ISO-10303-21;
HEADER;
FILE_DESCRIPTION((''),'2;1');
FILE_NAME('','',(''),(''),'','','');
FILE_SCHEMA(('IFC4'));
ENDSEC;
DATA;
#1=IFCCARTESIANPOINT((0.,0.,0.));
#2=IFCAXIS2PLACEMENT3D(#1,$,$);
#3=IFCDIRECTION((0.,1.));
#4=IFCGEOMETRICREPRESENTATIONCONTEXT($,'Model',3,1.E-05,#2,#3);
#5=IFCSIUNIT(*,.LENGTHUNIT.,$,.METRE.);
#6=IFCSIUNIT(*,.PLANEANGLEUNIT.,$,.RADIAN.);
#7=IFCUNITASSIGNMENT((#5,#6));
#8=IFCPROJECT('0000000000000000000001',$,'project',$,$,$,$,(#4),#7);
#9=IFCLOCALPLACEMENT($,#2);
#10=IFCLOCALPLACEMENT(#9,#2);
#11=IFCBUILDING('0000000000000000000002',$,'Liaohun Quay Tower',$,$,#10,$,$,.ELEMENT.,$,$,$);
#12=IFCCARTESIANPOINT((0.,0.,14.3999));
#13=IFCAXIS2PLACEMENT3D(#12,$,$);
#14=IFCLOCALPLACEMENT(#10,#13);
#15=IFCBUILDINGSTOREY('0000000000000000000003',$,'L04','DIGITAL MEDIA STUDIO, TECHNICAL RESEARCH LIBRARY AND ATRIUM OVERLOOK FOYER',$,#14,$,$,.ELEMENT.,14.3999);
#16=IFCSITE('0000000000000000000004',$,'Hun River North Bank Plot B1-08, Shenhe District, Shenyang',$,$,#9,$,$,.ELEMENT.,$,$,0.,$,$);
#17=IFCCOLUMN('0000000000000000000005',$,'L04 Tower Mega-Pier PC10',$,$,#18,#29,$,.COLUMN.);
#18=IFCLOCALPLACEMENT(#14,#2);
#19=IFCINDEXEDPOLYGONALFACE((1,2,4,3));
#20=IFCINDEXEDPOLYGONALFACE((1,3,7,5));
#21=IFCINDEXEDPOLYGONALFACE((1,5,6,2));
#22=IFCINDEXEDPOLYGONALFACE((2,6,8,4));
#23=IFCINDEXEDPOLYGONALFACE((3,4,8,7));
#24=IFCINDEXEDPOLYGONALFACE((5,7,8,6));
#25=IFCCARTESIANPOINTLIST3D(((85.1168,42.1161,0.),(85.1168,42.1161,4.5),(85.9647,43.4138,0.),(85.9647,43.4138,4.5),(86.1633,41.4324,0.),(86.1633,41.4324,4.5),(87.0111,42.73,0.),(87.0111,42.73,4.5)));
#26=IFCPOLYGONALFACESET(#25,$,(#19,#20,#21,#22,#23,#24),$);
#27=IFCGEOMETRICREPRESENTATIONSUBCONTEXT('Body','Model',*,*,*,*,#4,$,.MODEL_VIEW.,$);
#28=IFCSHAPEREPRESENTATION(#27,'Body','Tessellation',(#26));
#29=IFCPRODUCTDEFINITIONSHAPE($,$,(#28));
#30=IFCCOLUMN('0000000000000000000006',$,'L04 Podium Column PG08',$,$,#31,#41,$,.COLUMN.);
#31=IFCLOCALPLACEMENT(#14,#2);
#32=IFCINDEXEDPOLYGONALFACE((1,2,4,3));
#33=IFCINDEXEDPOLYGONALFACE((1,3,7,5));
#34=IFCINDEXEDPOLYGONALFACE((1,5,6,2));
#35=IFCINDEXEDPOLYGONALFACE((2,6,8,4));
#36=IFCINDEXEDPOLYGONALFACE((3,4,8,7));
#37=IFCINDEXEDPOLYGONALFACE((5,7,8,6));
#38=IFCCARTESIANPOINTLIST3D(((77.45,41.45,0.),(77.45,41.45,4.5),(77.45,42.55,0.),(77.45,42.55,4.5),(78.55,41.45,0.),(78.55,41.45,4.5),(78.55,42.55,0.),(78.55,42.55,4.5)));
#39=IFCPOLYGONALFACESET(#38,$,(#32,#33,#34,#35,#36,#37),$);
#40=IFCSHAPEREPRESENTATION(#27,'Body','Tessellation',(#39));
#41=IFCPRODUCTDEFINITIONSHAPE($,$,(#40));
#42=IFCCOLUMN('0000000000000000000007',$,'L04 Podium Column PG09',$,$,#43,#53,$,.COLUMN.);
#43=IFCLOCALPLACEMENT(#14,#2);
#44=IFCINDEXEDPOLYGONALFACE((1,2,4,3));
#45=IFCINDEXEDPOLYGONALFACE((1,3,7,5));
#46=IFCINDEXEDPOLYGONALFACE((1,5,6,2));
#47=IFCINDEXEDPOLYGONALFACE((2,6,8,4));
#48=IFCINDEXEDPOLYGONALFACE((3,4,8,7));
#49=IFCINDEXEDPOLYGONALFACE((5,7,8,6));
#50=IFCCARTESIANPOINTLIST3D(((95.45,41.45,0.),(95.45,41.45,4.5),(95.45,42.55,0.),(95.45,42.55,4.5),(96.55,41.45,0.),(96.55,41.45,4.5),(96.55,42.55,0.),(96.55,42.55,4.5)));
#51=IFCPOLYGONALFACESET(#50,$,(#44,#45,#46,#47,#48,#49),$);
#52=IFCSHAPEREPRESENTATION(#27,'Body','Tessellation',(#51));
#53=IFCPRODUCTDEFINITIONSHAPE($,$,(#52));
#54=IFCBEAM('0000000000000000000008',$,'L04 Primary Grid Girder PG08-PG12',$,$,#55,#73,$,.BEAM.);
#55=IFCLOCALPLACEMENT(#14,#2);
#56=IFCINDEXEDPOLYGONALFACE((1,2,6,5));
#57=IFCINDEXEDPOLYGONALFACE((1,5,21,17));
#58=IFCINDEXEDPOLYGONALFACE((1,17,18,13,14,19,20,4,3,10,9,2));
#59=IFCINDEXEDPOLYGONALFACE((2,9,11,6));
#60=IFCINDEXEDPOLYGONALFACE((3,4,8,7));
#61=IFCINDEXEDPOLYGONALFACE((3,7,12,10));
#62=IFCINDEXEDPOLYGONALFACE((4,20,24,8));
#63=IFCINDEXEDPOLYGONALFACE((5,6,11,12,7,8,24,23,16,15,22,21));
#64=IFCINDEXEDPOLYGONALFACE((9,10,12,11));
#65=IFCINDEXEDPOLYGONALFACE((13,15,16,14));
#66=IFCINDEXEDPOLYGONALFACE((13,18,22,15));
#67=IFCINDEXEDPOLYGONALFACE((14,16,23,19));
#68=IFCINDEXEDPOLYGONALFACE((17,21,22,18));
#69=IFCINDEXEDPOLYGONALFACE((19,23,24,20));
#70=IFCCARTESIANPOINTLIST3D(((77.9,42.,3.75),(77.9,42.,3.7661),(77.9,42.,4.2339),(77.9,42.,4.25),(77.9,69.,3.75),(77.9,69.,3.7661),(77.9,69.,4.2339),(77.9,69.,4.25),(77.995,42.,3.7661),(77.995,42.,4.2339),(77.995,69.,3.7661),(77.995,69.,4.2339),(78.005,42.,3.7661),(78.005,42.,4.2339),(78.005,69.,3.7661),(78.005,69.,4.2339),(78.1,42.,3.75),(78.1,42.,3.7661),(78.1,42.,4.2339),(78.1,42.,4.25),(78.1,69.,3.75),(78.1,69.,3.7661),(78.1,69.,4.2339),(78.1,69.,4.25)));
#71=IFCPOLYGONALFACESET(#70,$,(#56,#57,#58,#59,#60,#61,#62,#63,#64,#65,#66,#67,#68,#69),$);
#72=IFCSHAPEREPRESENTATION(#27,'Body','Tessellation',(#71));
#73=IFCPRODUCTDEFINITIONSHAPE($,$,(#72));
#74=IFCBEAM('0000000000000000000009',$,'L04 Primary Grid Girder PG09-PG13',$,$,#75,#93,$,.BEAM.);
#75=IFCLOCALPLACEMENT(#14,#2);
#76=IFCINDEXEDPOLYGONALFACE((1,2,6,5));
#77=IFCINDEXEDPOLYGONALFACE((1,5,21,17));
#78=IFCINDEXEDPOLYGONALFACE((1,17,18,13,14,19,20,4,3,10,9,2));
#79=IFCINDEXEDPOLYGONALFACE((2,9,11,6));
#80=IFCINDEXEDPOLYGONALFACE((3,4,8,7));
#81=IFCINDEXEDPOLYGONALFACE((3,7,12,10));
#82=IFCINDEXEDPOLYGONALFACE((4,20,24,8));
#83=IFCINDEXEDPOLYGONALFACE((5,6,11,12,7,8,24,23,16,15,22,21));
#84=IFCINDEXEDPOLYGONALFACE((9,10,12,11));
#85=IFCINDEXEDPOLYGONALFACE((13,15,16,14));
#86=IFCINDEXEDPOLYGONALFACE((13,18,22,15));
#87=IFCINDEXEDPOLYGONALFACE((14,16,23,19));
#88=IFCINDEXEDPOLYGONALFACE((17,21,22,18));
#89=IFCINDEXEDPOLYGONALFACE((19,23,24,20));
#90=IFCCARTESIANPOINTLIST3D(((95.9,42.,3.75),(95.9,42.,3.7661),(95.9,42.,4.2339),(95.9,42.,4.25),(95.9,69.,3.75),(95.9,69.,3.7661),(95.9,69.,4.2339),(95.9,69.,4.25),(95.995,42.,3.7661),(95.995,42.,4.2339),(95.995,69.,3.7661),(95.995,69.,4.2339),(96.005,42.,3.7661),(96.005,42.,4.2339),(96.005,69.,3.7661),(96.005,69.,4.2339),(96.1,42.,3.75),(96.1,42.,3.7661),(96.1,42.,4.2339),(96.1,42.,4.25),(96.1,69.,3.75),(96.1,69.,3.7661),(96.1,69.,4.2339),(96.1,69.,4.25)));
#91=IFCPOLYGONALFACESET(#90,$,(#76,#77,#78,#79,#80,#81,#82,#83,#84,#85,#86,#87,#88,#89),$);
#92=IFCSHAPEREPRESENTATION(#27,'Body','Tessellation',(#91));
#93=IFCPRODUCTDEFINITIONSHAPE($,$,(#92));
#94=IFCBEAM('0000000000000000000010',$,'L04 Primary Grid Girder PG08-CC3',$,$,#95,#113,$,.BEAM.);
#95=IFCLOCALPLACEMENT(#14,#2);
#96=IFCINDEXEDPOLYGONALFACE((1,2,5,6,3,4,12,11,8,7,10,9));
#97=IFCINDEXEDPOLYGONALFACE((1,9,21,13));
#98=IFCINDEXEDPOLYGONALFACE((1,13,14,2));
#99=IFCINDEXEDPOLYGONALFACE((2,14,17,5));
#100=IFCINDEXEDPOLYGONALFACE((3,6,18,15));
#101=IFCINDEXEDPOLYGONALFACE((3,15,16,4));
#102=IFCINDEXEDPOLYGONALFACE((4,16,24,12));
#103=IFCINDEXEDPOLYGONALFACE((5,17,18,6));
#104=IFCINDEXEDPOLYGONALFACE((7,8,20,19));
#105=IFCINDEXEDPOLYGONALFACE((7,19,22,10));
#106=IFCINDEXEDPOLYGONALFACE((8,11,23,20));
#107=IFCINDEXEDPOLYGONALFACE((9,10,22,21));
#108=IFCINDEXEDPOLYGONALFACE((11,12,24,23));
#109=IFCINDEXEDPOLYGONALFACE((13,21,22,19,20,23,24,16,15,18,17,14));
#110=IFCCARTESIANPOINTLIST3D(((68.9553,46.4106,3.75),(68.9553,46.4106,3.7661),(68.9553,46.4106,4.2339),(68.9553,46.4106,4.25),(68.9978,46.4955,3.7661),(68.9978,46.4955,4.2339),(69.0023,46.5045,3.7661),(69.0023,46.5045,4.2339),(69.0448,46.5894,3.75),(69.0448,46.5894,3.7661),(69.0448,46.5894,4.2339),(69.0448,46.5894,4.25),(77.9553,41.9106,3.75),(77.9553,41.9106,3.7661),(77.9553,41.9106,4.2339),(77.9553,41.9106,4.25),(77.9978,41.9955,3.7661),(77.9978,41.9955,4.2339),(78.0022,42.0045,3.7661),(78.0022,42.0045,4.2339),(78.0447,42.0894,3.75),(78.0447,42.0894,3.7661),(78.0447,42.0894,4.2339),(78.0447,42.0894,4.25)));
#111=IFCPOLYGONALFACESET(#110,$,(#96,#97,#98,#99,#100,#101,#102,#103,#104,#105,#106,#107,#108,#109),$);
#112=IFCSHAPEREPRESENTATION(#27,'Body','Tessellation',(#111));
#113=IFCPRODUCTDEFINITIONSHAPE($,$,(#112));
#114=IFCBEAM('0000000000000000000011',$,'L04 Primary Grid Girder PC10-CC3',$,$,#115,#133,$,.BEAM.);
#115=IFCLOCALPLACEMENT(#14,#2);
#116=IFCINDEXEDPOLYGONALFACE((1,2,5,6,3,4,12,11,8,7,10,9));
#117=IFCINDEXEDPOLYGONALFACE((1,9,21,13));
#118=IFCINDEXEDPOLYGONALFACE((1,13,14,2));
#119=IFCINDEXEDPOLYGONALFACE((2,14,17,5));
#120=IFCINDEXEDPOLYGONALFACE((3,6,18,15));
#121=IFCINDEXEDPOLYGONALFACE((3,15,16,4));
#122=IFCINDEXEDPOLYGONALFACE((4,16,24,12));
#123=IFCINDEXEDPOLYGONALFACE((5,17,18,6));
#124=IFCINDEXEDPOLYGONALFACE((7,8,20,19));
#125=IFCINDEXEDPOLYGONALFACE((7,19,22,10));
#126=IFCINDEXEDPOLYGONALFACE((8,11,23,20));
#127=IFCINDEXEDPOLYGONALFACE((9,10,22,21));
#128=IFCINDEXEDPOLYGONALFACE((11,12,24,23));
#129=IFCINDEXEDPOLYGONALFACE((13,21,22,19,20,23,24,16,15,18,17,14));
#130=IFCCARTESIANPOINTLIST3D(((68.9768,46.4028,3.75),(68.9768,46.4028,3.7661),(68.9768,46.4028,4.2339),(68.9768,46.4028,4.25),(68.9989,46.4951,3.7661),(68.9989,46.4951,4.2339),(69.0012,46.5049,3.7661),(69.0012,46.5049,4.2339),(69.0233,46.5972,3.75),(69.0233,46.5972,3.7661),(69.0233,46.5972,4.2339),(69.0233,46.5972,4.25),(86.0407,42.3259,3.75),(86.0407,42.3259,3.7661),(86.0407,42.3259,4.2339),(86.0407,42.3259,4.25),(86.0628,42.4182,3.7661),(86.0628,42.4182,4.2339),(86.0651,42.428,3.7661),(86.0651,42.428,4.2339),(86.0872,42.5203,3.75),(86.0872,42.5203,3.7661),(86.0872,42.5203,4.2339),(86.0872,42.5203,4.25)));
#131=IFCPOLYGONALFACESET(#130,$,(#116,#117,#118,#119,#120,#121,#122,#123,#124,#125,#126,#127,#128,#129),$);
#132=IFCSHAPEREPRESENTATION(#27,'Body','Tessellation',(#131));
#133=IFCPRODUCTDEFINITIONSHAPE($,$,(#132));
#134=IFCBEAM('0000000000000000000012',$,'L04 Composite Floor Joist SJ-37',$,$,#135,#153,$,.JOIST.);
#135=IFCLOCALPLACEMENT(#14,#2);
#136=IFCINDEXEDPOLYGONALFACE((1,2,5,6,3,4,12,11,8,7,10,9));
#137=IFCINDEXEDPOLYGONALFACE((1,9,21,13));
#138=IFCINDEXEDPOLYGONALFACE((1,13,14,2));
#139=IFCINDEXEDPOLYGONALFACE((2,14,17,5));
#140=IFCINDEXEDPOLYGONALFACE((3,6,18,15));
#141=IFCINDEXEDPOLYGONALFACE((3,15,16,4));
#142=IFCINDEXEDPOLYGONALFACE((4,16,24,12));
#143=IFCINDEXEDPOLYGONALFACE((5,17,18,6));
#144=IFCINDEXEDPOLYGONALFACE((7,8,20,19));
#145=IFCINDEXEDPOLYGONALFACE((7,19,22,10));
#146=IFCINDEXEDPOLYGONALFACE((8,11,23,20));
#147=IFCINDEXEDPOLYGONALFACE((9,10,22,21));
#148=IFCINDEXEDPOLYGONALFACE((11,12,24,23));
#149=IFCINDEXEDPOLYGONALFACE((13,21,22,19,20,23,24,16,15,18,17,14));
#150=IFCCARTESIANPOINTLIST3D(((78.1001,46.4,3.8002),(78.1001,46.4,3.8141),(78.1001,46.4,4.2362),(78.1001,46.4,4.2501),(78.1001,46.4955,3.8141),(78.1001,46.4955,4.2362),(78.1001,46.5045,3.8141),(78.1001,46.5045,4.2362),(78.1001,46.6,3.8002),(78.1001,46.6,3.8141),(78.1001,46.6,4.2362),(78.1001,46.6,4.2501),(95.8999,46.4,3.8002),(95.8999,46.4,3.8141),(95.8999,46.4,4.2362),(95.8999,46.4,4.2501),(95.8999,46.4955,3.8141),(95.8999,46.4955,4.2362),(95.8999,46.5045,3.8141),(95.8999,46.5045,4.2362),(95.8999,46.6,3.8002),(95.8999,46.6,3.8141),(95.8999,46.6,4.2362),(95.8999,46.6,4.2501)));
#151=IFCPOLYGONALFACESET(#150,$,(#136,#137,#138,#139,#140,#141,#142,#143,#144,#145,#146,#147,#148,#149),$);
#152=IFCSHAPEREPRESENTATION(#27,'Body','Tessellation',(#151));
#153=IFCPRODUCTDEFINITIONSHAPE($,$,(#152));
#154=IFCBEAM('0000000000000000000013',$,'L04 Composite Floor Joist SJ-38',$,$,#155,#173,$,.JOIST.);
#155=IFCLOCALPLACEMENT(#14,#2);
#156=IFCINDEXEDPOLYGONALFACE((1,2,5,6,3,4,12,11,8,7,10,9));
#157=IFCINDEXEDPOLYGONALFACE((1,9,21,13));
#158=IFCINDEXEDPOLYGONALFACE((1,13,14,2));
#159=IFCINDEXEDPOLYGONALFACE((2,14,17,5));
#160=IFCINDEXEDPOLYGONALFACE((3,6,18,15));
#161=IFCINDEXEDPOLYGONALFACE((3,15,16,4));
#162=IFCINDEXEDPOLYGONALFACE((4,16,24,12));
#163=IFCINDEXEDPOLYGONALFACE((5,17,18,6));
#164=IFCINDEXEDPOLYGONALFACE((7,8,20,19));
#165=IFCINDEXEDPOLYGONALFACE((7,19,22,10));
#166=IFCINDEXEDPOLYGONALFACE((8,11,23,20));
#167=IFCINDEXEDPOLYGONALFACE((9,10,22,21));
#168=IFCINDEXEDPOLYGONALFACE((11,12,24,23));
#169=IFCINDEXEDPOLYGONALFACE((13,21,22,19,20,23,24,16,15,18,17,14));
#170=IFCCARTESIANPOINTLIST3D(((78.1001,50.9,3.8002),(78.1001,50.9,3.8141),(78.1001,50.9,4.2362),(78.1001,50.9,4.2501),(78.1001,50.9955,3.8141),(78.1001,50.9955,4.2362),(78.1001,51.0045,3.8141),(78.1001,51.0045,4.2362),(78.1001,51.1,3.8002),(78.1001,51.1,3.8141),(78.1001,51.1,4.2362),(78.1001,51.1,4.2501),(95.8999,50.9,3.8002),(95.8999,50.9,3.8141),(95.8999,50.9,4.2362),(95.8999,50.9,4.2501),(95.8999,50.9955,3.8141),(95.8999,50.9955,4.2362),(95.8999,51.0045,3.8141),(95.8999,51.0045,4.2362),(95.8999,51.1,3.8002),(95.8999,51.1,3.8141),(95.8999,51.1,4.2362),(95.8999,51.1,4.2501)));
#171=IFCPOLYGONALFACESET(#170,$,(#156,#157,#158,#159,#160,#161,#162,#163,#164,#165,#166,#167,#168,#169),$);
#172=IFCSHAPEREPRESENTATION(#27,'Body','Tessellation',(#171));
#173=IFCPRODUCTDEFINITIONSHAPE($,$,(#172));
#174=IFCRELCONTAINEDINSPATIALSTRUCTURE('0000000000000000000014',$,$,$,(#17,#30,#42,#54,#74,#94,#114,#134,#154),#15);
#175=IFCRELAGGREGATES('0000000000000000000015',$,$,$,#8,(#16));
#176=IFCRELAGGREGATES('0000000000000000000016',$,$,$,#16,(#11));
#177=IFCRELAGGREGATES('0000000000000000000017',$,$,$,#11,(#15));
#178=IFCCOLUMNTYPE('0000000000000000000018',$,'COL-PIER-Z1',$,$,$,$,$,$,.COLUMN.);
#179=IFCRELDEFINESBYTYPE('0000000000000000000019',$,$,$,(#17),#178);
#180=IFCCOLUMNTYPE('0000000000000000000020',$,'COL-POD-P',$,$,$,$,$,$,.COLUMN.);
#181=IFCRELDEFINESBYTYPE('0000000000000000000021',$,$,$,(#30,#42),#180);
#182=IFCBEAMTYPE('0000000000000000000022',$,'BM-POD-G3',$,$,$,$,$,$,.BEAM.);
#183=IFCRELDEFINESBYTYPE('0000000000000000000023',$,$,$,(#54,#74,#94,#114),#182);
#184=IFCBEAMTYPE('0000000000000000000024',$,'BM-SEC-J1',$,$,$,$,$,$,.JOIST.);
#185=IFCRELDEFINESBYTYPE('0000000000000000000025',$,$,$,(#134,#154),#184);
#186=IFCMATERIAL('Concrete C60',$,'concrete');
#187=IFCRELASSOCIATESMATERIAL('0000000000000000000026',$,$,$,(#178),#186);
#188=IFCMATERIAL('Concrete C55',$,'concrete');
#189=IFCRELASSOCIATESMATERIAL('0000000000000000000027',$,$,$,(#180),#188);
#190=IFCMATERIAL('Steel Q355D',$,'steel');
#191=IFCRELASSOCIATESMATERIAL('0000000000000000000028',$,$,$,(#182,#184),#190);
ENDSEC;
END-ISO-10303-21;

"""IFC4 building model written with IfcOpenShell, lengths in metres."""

from ifc_helpers import new_model, si_unit, direction, frame, origin, origin_2d, place, context, subcontext, project, spatial, rectangle, i_section, extrude, source, transform, mapped, material, material_profile, profile_set, type_object, element, save


model = new_model("IFC4")

# Units and contexts
model_context = context("Model", 3, precision=1e-05, world=origin(), true_north=direction((0.0, 1.0)))
body_context = subcontext(model_context, "Body", "Model", "MODEL_VIEW")
ifc_project = project(units=[si_unit("LENGTHUNIT", "METRE"), si_unit("PLANEANGLEUNIT", "RADIAN")], contexts=[model_context])

# Site, building, storey
site_placement = place(None, origin())
site = spatial("IfcSite", under=ifc_project, at=site_placement, Name="Hun River North Bank Plot B1-08, Shenhe District, Shenyang", CompositionType="ELEMENT", RefElevation=0.0)
building_placement = place(site_placement, origin())
building = spatial("IfcBuilding", under=site, at=building_placement, Name="Liaohun Quay Tower", CompositionType="ELEMENT")
storey_placement = place(building_placement, frame((0.0, 0.0, 14.3999)))
storey = spatial("IfcBuildingStorey", under=building, at=storey_placement, Name="L04", Description="DIGITAL MEDIA STUDIO, TECHNICAL RESEARCH LIBRARY AND ATRIUM OVERLOOK FOYER", CompositionType="ELEMENT", Elevation=14.3999)

# Columns
ifc_material_1 = material(Name="Concrete C60", Category="concrete")
ifc_material_profile_1 = material_profile(ifc_material_1, rectangle(XDim=1.55, YDim=1.25, at=origin_2d()), Name="RC1550x1250")
ifc_profile_set_1 = profile_set([ifc_material_profile_1], Name="Concrete C60")
column_type_1 = type_object("IfcColumnType", Name="COL-PIER-Z1", PredefinedType="COLUMN", material=ifc_profile_set_1)
shared_shape_1 = source(origin(), body_context, "Body", "SweptSolid", [
    extrude(rectangle(XDim=1.55, YDim=1.25, at=origin_2d()), origin(), (0.0, 0.0, 1.0), 4.5),
])
column_placement = place(storey_placement, frame((86.064, 42.4231, 0.0), z_axis=(0.0, 0.0, 1.0), x_axis=(0.546979, 0.837146, 0.0)))
element("IfcColumn", 1, at=column_placement, inside=storey, type_object=column_type_1, Name="L04 Tower Mega-Pier PC10", PredefinedType="COLUMN", context=body_context, shape_type="MappedRepresentation", body=[
    mapped(shared_shape_1, transform((0.0, 0.0, 0.0), x_axis=(1.0, 0.0, 0.0), y_axis=(0.0, 1.0, 0.0), z_axis=(0.0, 0.0, 1.0), scale=1.0)),
])
ifc_material_2 = material(Name="Concrete C55", Category="concrete")
ifc_material_profile_2 = material_profile(ifc_material_2, rectangle(XDim=1.1001, YDim=1.1001, at=origin_2d()), Name="RC1100x1100")
ifc_profile_set_2 = profile_set([ifc_material_profile_2], Name="Concrete C55")
column_type_2 = type_object("IfcColumnType", Name="COL-POD-P", PredefinedType="COLUMN", material=ifc_profile_set_2)
shared_shape_2 = source(origin(), body_context, "Body", "SweptSolid", [
    extrude(rectangle(XDim=1.1001, YDim=1.1001, at=origin_2d()), origin(), (0.0, 0.0, 1.0), 4.5),
])
for number, where, z_axis, x_axis, name in (
    (2, (78.0, 42.0, 0.0), (0.0, 0.0, 1.0), (1.0, 0.0, 0.0), "L04 Podium Column PG08"),
    (3, (96.0, 42.0, 0.0), (0.0, 0.0, 1.0), (1.0, 0.0, 0.0), "L04 Podium Column PG09"),
):
    element("IfcColumn", number, at=place(storey_placement, frame(where, z_axis=z_axis, x_axis=x_axis)), inside=storey, type_object=column_type_2, Name=name, PredefinedType="COLUMN", context=body_context, shape_type="MappedRepresentation", body=[
        mapped(shared_shape_2, transform((0.0, 0.0, 0.0), x_axis=(1.0, 0.0, 0.0), y_axis=(0.0, 1.0, 0.0), z_axis=(0.0, 0.0, 1.0), scale=1.0)),
    ])

# Beams
ifc_material_3 = material(Name="Steel Q355D", Category="steel")
ifc_material_profile_3 = material_profile(ifc_material_3, i_section(OverallWidth=0.2, OverallDepth=0.5, WebThickness=0.01, FlangeThickness=0.0161, at=origin_2d()), Name="HN500x200x10x16")
ifc_profile_set_3 = profile_set([ifc_material_profile_3], Name="Steel Q355D")
beam_type_1 = type_object("IfcBeamType", Name="BM-POD-G3", PredefinedType="BEAM", material=ifc_profile_set_3)
shared_shape_3 = source(origin(), body_context, "Body", "SweptSolid", [
    extrude(i_section(OverallWidth=0.2, OverallDepth=0.5, WebThickness=0.01, FlangeThickness=0.0161, at=origin_2d()), origin(), (0.0, 0.0, 1.0), 27.0),
])
for number, where, z_axis, x_axis, name in (
    (4, (78.0, 42.0, 4.0), (0.0, 1.0, 0.0), (-1.0, 0.0, 0.0), "L04 Primary Grid Girder PG08-PG12"),
    (5, (96.0, 42.0, 4.0), (0.0, 1.0, 0.0), (-1.0, 0.0, 0.0), "L04 Primary Grid Girder PG09-PG13"),
):
    element("IfcBeam", number, at=place(storey_placement, frame(where, z_axis=z_axis, x_axis=x_axis)), inside=storey, type_object=beam_type_1, Name=name, PredefinedType="BEAM", context=body_context, shape_type="MappedRepresentation", body=[
        mapped(shared_shape_3, transform((0.0, 0.0, 0.0), x_axis=(1.0, 0.0, 0.0), y_axis=(0.0, 1.0, 0.0), z_axis=(0.0, 0.0, 1.0), scale=1.0)),
    ])
shared_shape_4 = source(origin(), body_context, "Body", "SweptSolid", [
    extrude(i_section(OverallWidth=0.2, OverallDepth=0.5, WebThickness=0.01, FlangeThickness=0.0161, at=origin_2d()), origin(), (0.0, 0.0, 1.0), 10.0623),
])
beam_1_placement = place(storey_placement, frame((78.0, 42.0, 4.0), z_axis=(-0.894427, 0.447214, 0.0), x_axis=(-0.447214, -0.894427, 0.0)))
element("IfcBeam", 6, at=beam_1_placement, inside=storey, type_object=beam_type_1, Name="L04 Primary Grid Girder PG08-CC3", PredefinedType="BEAM", context=body_context, shape_type="MappedRepresentation", body=[
    mapped(shared_shape_4, transform((0.0, 0.0, 0.0), x_axis=(1.0, 0.0, 0.0), y_axis=(0.0, 1.0, 0.0), z_axis=(0.0, 0.0, 1.0), scale=1.0)),
])
shared_shape_5 = source(origin(), body_context, "Body", "SweptSolid", [
    extrude(i_section(OverallWidth=0.2, OverallDepth=0.5, WebThickness=0.01, FlangeThickness=0.0161, at=origin_2d()), origin(), (0.0, 0.0, 1.0), 17.5442),
])
beam_2_placement = place(storey_placement, frame((86.064, 42.4231, 4.0), z_axis=(-0.972625, 0.232379, 0.0), x_axis=(-0.232379, -0.972625, 0.0)))
element("IfcBeam", 7, at=beam_2_placement, inside=storey, type_object=beam_type_1, Name="L04 Primary Grid Girder PC10-CC3", PredefinedType="BEAM", context=body_context, shape_type="MappedRepresentation", body=[
    mapped(shared_shape_5, transform((0.0, 0.0, 0.0), x_axis=(1.0, 0.0, 0.0), y_axis=(0.0, 1.0, 0.0), z_axis=(0.0, 0.0, 1.0), scale=1.0)),
])
ifc_material_profile_4 = material_profile(ifc_material_3, i_section(OverallWidth=0.2, OverallDepth=0.45, WebThickness=0.009, FlangeThickness=0.0139, at=origin_2d()), Name="HN450x200x9x14")
ifc_profile_set_4 = profile_set([ifc_material_profile_4], Name="Steel Q355D")
beam_type_2 = type_object("IfcBeamType", Name="BM-SEC-J1", PredefinedType="JOIST", material=ifc_profile_set_4)
shared_shape_6 = source(origin(), body_context, "Body", "SweptSolid", [
    extrude(i_section(OverallWidth=0.2, OverallDepth=0.45, WebThickness=0.009, FlangeThickness=0.0139, at=origin_2d()), origin(), (0.0, 0.0, 1.0), 17.7998),
])
for number, where, z_axis, x_axis, name in (
    (8, (78.1001, 46.5, 4.0251), (1.0, 0.0, 0.0), (0.0, 1.0, 0.0), "L04 Composite Floor Joist SJ-37"),
    (9, (78.1001, 51.0, 4.0251), (1.0, 0.0, 0.0), (0.0, 1.0, 0.0), "L04 Composite Floor Joist SJ-38"),
):
    element("IfcBeam", number, at=place(storey_placement, frame(where, z_axis=z_axis, x_axis=x_axis)), inside=storey, type_object=beam_type_2, Name=name, PredefinedType="JOIST", context=body_context, shape_type="MappedRepresentation", body=[
        mapped(shared_shape_6, transform((0.0, 0.0, 0.0), x_axis=(1.0, 0.0, 0.0), y_axis=(0.0, 1.0, 0.0), z_axis=(0.0, 0.0, 1.0), scale=1.0)),
    ])

save(model, "model.ifc")
